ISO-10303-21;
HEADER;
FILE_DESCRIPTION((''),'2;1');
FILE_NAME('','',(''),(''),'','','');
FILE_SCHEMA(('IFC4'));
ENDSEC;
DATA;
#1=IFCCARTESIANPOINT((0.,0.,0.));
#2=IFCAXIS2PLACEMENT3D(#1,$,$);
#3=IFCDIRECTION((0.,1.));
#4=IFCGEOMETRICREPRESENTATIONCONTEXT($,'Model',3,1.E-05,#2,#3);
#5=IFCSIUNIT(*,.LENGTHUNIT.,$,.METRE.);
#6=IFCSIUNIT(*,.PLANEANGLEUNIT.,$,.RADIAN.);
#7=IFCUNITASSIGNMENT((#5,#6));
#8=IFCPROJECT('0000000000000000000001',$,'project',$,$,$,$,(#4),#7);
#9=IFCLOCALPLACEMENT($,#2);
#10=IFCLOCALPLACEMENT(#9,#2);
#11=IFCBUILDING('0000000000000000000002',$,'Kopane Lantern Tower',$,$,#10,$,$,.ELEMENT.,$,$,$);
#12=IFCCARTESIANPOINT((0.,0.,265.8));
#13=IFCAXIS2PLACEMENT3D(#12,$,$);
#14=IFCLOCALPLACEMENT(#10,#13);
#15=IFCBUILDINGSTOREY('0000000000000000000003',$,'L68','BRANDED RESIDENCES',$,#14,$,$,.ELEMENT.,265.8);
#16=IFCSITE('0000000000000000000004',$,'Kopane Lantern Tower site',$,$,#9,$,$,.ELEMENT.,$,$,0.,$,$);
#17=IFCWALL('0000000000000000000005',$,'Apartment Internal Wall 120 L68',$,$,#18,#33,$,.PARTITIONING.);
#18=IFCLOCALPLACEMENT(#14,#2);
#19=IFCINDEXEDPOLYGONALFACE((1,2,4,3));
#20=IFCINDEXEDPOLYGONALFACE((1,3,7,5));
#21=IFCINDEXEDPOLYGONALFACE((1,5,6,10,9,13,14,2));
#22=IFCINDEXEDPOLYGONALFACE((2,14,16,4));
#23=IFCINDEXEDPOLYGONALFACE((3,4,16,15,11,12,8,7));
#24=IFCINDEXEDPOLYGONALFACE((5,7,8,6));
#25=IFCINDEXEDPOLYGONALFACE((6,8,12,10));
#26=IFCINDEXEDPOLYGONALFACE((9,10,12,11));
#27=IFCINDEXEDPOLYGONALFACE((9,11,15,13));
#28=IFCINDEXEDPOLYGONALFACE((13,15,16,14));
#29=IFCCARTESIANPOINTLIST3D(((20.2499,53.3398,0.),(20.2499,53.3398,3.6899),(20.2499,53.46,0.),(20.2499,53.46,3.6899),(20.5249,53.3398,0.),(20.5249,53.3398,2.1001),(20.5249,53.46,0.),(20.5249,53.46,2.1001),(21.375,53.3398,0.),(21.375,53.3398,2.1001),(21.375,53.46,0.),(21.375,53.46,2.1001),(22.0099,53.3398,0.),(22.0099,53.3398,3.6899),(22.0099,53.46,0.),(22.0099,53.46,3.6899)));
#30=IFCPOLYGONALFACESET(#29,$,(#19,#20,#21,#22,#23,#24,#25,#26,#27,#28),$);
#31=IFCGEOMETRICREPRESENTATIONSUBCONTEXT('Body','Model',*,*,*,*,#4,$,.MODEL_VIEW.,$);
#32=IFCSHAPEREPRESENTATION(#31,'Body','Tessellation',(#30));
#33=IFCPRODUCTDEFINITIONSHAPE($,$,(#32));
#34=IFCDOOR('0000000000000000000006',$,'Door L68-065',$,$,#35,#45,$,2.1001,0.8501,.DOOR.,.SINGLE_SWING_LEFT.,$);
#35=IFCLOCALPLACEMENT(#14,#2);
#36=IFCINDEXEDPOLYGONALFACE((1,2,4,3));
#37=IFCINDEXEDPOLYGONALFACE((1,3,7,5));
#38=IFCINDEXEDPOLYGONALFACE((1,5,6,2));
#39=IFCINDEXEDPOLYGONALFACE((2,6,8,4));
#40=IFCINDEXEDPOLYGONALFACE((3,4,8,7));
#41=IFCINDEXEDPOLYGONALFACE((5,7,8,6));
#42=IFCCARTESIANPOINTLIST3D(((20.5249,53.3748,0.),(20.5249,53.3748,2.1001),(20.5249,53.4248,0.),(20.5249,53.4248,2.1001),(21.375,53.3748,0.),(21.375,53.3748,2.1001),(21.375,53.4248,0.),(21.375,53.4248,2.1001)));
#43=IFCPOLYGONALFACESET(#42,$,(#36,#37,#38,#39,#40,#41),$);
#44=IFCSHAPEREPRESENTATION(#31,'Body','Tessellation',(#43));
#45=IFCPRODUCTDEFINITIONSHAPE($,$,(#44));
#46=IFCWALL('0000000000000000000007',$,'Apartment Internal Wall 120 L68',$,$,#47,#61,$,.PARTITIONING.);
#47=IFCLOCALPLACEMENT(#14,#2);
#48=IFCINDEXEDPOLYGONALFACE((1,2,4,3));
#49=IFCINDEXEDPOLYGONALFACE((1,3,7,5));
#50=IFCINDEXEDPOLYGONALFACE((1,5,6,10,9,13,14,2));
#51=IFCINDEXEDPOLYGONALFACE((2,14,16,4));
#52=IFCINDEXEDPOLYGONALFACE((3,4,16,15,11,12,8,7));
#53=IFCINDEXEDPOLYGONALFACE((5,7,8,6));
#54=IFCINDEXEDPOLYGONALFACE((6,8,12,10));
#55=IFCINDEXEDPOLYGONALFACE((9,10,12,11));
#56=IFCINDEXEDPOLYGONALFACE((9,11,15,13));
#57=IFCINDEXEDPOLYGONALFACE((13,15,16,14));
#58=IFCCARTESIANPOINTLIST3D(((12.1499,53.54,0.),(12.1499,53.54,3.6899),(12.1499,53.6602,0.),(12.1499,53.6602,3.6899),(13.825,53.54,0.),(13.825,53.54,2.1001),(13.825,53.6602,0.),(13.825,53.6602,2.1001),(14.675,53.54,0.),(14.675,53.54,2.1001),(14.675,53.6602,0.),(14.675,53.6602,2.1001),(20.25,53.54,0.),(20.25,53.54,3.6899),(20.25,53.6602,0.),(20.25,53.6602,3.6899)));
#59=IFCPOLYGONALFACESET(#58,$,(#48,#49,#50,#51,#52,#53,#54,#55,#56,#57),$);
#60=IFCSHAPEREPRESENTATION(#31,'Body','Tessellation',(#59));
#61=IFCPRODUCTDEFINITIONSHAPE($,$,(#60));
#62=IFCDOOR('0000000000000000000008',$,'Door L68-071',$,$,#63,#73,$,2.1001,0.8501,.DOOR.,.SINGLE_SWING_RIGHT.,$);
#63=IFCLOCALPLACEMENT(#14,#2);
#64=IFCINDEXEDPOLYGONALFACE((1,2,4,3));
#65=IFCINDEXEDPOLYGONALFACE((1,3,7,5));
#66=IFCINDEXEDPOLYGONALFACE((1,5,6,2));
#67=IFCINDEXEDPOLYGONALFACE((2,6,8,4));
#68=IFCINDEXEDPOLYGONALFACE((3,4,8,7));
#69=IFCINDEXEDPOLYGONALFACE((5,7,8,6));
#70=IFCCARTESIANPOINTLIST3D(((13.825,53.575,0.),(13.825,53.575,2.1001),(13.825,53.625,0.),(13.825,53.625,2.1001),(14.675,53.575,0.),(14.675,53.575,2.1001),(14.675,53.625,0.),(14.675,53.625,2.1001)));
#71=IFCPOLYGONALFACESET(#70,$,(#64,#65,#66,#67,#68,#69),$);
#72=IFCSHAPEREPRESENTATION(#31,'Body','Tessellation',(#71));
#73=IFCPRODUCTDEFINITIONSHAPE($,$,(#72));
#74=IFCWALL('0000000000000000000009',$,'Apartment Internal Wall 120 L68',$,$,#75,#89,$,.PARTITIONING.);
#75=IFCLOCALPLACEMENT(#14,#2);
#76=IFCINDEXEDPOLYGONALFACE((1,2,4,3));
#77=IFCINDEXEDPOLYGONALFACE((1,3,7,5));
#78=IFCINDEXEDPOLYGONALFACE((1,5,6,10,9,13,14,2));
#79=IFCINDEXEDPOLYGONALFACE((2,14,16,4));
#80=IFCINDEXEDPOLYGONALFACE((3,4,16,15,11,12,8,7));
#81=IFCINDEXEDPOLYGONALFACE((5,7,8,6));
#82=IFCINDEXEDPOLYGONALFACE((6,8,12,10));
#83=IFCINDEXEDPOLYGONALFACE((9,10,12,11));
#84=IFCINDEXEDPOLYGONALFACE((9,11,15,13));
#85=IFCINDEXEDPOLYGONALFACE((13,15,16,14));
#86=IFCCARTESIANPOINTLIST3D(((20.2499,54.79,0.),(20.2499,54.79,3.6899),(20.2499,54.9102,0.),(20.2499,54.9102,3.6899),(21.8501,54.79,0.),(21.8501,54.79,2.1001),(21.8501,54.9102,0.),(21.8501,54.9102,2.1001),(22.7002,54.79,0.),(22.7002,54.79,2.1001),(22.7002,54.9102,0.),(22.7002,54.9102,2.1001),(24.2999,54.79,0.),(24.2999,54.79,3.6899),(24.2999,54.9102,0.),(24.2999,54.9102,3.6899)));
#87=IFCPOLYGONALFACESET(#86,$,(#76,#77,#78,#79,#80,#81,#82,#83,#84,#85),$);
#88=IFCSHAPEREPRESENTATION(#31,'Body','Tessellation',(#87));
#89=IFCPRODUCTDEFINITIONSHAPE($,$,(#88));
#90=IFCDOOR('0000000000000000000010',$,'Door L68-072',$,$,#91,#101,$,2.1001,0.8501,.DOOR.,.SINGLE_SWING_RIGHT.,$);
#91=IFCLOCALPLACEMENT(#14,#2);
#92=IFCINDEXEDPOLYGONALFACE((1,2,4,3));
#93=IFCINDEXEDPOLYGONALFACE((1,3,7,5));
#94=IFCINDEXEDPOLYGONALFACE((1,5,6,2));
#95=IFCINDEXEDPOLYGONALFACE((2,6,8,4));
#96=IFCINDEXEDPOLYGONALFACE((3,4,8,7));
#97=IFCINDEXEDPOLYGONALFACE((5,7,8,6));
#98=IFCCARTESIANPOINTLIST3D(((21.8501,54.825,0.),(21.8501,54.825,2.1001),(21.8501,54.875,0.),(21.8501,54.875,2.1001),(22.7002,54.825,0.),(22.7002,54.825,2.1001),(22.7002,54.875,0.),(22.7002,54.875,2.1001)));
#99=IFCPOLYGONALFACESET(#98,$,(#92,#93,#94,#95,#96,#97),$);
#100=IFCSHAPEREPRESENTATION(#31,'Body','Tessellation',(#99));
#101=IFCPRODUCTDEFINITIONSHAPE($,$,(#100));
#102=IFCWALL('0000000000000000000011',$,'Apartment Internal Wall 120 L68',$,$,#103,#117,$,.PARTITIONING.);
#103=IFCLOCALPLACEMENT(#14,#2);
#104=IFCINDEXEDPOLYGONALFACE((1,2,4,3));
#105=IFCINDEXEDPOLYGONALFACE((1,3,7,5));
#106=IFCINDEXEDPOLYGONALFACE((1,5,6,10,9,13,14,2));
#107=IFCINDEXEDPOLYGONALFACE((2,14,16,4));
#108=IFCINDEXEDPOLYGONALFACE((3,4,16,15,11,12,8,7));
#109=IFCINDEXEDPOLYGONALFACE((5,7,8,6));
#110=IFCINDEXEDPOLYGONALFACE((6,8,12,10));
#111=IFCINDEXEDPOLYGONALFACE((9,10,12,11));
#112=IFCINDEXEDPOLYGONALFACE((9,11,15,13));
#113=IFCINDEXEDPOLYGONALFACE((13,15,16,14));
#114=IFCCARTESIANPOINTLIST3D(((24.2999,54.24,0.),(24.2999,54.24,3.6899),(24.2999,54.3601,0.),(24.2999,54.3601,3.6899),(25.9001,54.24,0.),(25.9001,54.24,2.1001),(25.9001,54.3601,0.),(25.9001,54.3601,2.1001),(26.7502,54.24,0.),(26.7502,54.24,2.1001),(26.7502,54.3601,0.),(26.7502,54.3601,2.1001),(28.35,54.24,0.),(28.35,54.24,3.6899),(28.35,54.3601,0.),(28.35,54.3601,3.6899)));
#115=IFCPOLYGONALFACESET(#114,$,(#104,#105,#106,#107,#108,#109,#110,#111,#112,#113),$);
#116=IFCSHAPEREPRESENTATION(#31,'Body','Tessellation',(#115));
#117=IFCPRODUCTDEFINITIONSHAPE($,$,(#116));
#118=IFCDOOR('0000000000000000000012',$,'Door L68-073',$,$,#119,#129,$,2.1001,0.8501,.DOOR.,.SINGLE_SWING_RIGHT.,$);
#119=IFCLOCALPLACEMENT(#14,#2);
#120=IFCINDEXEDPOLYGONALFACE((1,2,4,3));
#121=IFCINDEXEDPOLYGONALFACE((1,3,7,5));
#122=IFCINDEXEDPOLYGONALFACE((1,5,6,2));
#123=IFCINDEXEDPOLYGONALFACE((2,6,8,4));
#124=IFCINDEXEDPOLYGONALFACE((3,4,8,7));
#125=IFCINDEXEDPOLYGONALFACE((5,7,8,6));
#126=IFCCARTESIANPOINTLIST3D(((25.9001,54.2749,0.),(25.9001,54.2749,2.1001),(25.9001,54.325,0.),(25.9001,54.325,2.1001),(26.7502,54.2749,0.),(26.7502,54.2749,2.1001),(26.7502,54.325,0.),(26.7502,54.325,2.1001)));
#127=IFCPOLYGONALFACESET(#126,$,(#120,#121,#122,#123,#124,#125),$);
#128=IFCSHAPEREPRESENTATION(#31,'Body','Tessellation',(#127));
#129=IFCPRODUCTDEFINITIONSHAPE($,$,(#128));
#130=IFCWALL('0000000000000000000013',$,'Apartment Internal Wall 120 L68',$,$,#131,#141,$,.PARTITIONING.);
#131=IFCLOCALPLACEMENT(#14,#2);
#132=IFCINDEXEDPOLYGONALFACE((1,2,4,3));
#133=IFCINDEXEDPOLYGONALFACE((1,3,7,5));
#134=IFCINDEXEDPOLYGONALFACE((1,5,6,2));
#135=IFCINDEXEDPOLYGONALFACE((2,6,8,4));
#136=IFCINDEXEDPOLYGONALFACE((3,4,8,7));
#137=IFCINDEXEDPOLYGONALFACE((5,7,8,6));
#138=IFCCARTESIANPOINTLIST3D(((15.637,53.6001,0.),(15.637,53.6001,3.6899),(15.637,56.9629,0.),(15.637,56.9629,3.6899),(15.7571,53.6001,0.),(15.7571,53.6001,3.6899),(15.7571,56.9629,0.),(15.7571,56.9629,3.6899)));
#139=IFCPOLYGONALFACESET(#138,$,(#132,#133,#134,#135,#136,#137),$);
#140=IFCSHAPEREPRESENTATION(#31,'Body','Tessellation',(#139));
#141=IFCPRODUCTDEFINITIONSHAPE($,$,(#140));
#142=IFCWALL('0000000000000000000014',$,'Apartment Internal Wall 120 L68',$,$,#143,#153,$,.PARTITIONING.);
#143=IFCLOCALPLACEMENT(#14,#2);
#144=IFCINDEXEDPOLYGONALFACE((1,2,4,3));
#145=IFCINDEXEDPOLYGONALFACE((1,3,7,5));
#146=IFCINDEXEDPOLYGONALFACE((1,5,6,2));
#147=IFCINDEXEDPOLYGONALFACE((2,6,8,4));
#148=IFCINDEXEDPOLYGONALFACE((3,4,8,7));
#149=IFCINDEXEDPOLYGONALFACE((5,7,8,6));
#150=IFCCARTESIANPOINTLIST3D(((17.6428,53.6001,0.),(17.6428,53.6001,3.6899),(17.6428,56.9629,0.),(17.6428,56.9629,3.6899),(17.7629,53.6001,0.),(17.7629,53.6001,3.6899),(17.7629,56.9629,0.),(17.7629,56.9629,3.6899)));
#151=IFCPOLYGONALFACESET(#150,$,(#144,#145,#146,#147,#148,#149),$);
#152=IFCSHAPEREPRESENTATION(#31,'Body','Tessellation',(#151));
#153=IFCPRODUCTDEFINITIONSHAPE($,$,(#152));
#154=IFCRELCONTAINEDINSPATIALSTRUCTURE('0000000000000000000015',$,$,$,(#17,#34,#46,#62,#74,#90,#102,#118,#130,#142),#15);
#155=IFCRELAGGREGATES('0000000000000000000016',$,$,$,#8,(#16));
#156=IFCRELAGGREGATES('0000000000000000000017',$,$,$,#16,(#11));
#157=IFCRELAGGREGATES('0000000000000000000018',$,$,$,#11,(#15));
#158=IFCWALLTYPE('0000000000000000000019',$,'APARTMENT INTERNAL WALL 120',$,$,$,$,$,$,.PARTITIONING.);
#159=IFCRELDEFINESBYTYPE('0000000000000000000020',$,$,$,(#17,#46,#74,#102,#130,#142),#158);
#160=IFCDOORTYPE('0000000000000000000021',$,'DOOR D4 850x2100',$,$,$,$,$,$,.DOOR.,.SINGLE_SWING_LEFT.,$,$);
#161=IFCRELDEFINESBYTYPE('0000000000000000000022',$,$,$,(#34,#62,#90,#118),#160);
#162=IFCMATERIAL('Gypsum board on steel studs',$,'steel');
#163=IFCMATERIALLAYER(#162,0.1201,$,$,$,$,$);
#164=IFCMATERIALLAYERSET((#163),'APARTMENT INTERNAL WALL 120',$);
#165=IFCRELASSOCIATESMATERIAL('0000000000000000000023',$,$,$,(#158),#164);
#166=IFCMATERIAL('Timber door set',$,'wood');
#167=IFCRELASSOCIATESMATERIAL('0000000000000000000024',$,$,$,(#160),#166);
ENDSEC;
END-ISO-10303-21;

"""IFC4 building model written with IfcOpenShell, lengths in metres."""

from ifc_helpers import new_model, si_unit, direction, frame, frame_2d, origin, place, context, subcontext, project, spatial, rectangle, extrude, material, layer, layer_set, type_object, element, fill, save


model = new_model("IFC4")

# Units and contexts
model_context = context("Model", 3, precision=1e-05, world=origin(), true_north=direction((0.0, 1.0)))
body_context = subcontext(model_context, "Body", "Model", "MODEL_VIEW")
ifc_project = project(units=[si_unit("LENGTHUNIT", "METRE"), si_unit("PLANEANGLEUNIT", "RADIAN")], contexts=[model_context])

# Site, building, storey
site_placement = place(None, origin())
site = spatial("IfcSite", under=ifc_project, at=site_placement, Name="Kopane Lantern Tower site", CompositionType="ELEMENT", RefElevation=0.0)
building_placement = place(site_placement, origin())
building = spatial("IfcBuilding", under=site, at=building_placement, Name="Kopane Lantern Tower", CompositionType="ELEMENT")
storey_placement = place(building_placement, frame((0.0, 0.0, 265.8)))
storey = spatial("IfcBuildingStorey", under=building, at=storey_placement, Name="L68", Description="BRANDED RESIDENCES", CompositionType="ELEMENT", Elevation=265.8)

# Shared definitions
ifc_material_1 = material(Name="Gypsum board on steel studs", Category="steel")
ifc_layer_1 = layer(ifc_material_1, 0.1201)
ifc_layer_set_1 = layer_set([ifc_layer_1], Name="APARTMENT INTERNAL WALL 120")
wall_type_1 = type_object("IfcWallType", Name="APARTMENT INTERNAL WALL 120", PredefinedType="PARTITIONING", material=ifc_layer_set_1)

# Walls, openings, doors
wall_1_placement = place(storey_placement, frame((20.25, 53.3999, 0.0), z_axis=(0.0, 0.0, 1.0), x_axis=(1.0, 0.0, 0.0)))
wall_1 = element("IfcWall", 1, at=wall_1_placement, inside=storey, type_object=wall_type_1, Name="Apartment Internal Wall 120 L68", PredefinedType="PARTITIONING", context=body_context, shape_type="SweptSolid", body=[
    extrude(rectangle(XDim=1.76, YDim=0.1201, at=frame_2d((0.8799, 0.0))), origin(), (0.0, 0.0, 1.0), 3.6899),
])
opening_1_placement = place(wall_1_placement, frame((0.2749, 0.0, 0.0)))
opening_1 = element("IfcOpeningElement", 2, at=opening_1_placement, cuts=wall_1, PredefinedType="OPENING", context=body_context, shape_type="SweptSolid", body=[
    extrude(rectangle(XDim=0.8501, YDim=2.1001, at=frame_2d((0.425, 1.05))), frame((0.0, 0.0701, 0.0), z_axis=(0.0, -1.0, 0.0), x_axis=(1.0, 0.0, 0.0)), (0.0, 0.0, 1.0), 0.1401),
])
ifc_material_2 = material(Name="Timber door set", Category="wood")
door_type_1 = type_object("IfcDoorType", Name="DOOR D4 850x2100", OperationType="SINGLE_SWING_LEFT", PredefinedType="DOOR", material=ifc_material_2)
door_1_placement = place(opening_1_placement, origin())
door_1 = element("IfcDoor", 3, at=door_1_placement, inside=storey, type_object=door_type_1, Name="Door L68-065", OperationType="SINGLE_SWING_LEFT", OverallHeight=2.1001, OverallWidth=0.8501, PredefinedType="DOOR", context=body_context, shape_type="SweptSolid", body=[
    extrude(rectangle(XDim=0.8501, YDim=2.1001, at=frame_2d((0.425, 1.05))), frame((0.0, 0.0249, 0.0), z_axis=(0.0, -1.0, 0.0), x_axis=(1.0, 0.0, 0.0)), (0.0, 0.0, 1.0), 0.05),
])
fill(opening_1, door_1)
wall_2_placement = place(storey_placement, frame((12.1499, 53.6001, 0.0), z_axis=(0.0, 0.0, 1.0), x_axis=(1.0, 0.0, 0.0)))
wall_2 = element("IfcWall", 4, at=wall_2_placement, inside=storey, type_object=wall_type_1, Name="Apartment Internal Wall 120 L68", PredefinedType="PARTITIONING", context=body_context, shape_type="SweptSolid", body=[
    extrude(rectangle(XDim=8.1001, YDim=0.1201, at=frame_2d((4.05, 0.0))), origin(), (0.0, 0.0, 1.0), 3.6899),
])
opening_2_placement = place(wall_2_placement, frame((1.675, 0.0, 0.0)))
opening_2 = element("IfcOpeningElement", 5, at=opening_2_placement, cuts=wall_2, PredefinedType="OPENING", context=body_context, shape_type="SweptSolid", body=[
    extrude(rectangle(XDim=0.8501, YDim=2.1001, at=frame_2d((0.425, 1.05))), frame((0.0, 0.0701, 0.0), z_axis=(0.0, -1.0, 0.0), x_axis=(1.0, 0.0, 0.0)), (0.0, 0.0, 1.0), 0.1401),
])
door_2_placement = place(opening_2_placement, origin())
door_2 = element("IfcDoor", 6, at=door_2_placement, inside=storey, type_object=door_type_1, Name="Door L68-071", OperationType="SINGLE_SWING_RIGHT", OverallHeight=2.1001, OverallWidth=0.8501, PredefinedType="DOOR", context=body_context, shape_type="SweptSolid", body=[
    extrude(rectangle(XDim=0.8501, YDim=2.1001, at=frame_2d((0.425, 1.05))), frame((0.0, 0.0249, 0.0), z_axis=(0.0, -1.0, 0.0), x_axis=(1.0, 0.0, 0.0)), (0.0, 0.0, 1.0), 0.05),
])
fill(opening_2, door_2)
wall_3_placement = place(storey_placement, frame((20.25, 54.8501, 0.0), z_axis=(0.0, 0.0, 1.0), x_axis=(1.0, 0.0, 0.0)))
wall_3 = element("IfcWall", 7, at=wall_3_placement, inside=storey, type_object=wall_type_1, Name="Apartment Internal Wall 120 L68", PredefinedType="PARTITIONING", context=body_context, shape_type="SweptSolid", body=[
    extrude(rectangle(XDim=4.05, YDim=0.1201, at=frame_2d((2.0249, 0.0))), origin(), (0.0, 0.0, 1.0), 3.6899),
])
opening_3_placement = place(wall_3_placement, frame((1.6001, 0.0, 0.0)))
opening_3 = element("IfcOpeningElement", 8, at=opening_3_placement, cuts=wall_3, PredefinedType="OPENING", context=body_context, shape_type="SweptSolid", body=[
    extrude(rectangle(XDim=0.8501, YDim=2.1001, at=frame_2d((0.425, 1.05))), frame((0.0, 0.0701, 0.0), z_axis=(0.0, -1.0, 0.0), x_axis=(1.0, 0.0, 0.0)), (0.0, 0.0, 1.0), 0.1401),
])
door_3_placement = place(opening_3_placement, origin())
door_3 = element("IfcDoor", 9, at=door_3_placement, inside=storey, type_object=door_type_1, Name="Door L68-072", OperationType="SINGLE_SWING_RIGHT", OverallHeight=2.1001, OverallWidth=0.8501, PredefinedType="DOOR", context=body_context, shape_type="SweptSolid", body=[
    extrude(rectangle(XDim=0.8501, YDim=2.1001, at=frame_2d((0.425, 1.05))), frame((0.0, 0.0249, 0.0), z_axis=(0.0, -1.0, 0.0), x_axis=(1.0, 0.0, 0.0)), (0.0, 0.0, 1.0), 0.05),
])
fill(opening_3, door_3)
wall_4_placement = place(storey_placement, frame((24.3, 54.3, 0.0), z_axis=(0.0, 0.0, 1.0), x_axis=(1.0, 0.0, 0.0)))
wall_4 = element("IfcWall", 10, at=wall_4_placement, inside=storey, type_object=wall_type_1, Name="Apartment Internal Wall 120 L68", PredefinedType="PARTITIONING", context=body_context, shape_type="SweptSolid", body=[
    extrude(rectangle(XDim=4.05, YDim=0.1201, at=frame_2d((2.0249, 0.0))), origin(), (0.0, 0.0, 1.0), 3.6899),
])
opening_4_placement = place(wall_4_placement, frame((1.6001, 0.0, 0.0)))
opening_4 = element("IfcOpeningElement", 11, at=opening_4_placement, cuts=wall_4, PredefinedType="OPENING", context=body_context, shape_type="SweptSolid", body=[
    extrude(rectangle(XDim=0.8501, YDim=2.1001, at=frame_2d((0.425, 1.05))), frame((0.0, 0.0701, 0.0), z_axis=(0.0, -1.0, 0.0), x_axis=(1.0, 0.0, 0.0)), (0.0, 0.0, 1.0), 0.1401),
])
door_4_placement = place(opening_4_placement, origin())
door_4 = element("IfcDoor", 12, at=door_4_placement, inside=storey, type_object=door_type_1, Name="Door L68-073", OperationType="SINGLE_SWING_RIGHT", OverallHeight=2.1001, OverallWidth=0.8501, PredefinedType="DOOR", context=body_context, shape_type="SweptSolid", body=[
    extrude(rectangle(XDim=0.8501, YDim=2.1001, at=frame_2d((0.425, 1.05))), frame((0.0, 0.0249, 0.0), z_axis=(0.0, -1.0, 0.0), x_axis=(1.0, 0.0, 0.0)), (0.0, 0.0, 1.0), 0.05),
])
fill(opening_4, door_4)

# Walls
for number, where, z_axis, x_axis, name in (
    (13, (15.697, 53.6001, 0.0), (0.0, 0.0, 1.0), (0.0, 1.0, 0.0), "Apartment Internal Wall 120 L68"),
    (14, (17.7029, 53.6001, 0.0), (0.0, 0.0, 1.0), (0.0, 1.0, 0.0), "Apartment Internal Wall 120 L68"),
):
    element("IfcWall", number, at=place(storey_placement, frame(where, z_axis=z_axis, x_axis=x_axis)), inside=storey, type_object=wall_type_1, Name=name, PredefinedType="PARTITIONING", context=body_context, shape_type="SweptSolid", body=[
        extrude(rectangle(XDim=3.3628, YDim=0.1201, at=frame_2d((1.6814, 0.0))), origin(), (0.0, 0.0, 1.0), 3.6899),
    ])

save(model, "model.ifc")
